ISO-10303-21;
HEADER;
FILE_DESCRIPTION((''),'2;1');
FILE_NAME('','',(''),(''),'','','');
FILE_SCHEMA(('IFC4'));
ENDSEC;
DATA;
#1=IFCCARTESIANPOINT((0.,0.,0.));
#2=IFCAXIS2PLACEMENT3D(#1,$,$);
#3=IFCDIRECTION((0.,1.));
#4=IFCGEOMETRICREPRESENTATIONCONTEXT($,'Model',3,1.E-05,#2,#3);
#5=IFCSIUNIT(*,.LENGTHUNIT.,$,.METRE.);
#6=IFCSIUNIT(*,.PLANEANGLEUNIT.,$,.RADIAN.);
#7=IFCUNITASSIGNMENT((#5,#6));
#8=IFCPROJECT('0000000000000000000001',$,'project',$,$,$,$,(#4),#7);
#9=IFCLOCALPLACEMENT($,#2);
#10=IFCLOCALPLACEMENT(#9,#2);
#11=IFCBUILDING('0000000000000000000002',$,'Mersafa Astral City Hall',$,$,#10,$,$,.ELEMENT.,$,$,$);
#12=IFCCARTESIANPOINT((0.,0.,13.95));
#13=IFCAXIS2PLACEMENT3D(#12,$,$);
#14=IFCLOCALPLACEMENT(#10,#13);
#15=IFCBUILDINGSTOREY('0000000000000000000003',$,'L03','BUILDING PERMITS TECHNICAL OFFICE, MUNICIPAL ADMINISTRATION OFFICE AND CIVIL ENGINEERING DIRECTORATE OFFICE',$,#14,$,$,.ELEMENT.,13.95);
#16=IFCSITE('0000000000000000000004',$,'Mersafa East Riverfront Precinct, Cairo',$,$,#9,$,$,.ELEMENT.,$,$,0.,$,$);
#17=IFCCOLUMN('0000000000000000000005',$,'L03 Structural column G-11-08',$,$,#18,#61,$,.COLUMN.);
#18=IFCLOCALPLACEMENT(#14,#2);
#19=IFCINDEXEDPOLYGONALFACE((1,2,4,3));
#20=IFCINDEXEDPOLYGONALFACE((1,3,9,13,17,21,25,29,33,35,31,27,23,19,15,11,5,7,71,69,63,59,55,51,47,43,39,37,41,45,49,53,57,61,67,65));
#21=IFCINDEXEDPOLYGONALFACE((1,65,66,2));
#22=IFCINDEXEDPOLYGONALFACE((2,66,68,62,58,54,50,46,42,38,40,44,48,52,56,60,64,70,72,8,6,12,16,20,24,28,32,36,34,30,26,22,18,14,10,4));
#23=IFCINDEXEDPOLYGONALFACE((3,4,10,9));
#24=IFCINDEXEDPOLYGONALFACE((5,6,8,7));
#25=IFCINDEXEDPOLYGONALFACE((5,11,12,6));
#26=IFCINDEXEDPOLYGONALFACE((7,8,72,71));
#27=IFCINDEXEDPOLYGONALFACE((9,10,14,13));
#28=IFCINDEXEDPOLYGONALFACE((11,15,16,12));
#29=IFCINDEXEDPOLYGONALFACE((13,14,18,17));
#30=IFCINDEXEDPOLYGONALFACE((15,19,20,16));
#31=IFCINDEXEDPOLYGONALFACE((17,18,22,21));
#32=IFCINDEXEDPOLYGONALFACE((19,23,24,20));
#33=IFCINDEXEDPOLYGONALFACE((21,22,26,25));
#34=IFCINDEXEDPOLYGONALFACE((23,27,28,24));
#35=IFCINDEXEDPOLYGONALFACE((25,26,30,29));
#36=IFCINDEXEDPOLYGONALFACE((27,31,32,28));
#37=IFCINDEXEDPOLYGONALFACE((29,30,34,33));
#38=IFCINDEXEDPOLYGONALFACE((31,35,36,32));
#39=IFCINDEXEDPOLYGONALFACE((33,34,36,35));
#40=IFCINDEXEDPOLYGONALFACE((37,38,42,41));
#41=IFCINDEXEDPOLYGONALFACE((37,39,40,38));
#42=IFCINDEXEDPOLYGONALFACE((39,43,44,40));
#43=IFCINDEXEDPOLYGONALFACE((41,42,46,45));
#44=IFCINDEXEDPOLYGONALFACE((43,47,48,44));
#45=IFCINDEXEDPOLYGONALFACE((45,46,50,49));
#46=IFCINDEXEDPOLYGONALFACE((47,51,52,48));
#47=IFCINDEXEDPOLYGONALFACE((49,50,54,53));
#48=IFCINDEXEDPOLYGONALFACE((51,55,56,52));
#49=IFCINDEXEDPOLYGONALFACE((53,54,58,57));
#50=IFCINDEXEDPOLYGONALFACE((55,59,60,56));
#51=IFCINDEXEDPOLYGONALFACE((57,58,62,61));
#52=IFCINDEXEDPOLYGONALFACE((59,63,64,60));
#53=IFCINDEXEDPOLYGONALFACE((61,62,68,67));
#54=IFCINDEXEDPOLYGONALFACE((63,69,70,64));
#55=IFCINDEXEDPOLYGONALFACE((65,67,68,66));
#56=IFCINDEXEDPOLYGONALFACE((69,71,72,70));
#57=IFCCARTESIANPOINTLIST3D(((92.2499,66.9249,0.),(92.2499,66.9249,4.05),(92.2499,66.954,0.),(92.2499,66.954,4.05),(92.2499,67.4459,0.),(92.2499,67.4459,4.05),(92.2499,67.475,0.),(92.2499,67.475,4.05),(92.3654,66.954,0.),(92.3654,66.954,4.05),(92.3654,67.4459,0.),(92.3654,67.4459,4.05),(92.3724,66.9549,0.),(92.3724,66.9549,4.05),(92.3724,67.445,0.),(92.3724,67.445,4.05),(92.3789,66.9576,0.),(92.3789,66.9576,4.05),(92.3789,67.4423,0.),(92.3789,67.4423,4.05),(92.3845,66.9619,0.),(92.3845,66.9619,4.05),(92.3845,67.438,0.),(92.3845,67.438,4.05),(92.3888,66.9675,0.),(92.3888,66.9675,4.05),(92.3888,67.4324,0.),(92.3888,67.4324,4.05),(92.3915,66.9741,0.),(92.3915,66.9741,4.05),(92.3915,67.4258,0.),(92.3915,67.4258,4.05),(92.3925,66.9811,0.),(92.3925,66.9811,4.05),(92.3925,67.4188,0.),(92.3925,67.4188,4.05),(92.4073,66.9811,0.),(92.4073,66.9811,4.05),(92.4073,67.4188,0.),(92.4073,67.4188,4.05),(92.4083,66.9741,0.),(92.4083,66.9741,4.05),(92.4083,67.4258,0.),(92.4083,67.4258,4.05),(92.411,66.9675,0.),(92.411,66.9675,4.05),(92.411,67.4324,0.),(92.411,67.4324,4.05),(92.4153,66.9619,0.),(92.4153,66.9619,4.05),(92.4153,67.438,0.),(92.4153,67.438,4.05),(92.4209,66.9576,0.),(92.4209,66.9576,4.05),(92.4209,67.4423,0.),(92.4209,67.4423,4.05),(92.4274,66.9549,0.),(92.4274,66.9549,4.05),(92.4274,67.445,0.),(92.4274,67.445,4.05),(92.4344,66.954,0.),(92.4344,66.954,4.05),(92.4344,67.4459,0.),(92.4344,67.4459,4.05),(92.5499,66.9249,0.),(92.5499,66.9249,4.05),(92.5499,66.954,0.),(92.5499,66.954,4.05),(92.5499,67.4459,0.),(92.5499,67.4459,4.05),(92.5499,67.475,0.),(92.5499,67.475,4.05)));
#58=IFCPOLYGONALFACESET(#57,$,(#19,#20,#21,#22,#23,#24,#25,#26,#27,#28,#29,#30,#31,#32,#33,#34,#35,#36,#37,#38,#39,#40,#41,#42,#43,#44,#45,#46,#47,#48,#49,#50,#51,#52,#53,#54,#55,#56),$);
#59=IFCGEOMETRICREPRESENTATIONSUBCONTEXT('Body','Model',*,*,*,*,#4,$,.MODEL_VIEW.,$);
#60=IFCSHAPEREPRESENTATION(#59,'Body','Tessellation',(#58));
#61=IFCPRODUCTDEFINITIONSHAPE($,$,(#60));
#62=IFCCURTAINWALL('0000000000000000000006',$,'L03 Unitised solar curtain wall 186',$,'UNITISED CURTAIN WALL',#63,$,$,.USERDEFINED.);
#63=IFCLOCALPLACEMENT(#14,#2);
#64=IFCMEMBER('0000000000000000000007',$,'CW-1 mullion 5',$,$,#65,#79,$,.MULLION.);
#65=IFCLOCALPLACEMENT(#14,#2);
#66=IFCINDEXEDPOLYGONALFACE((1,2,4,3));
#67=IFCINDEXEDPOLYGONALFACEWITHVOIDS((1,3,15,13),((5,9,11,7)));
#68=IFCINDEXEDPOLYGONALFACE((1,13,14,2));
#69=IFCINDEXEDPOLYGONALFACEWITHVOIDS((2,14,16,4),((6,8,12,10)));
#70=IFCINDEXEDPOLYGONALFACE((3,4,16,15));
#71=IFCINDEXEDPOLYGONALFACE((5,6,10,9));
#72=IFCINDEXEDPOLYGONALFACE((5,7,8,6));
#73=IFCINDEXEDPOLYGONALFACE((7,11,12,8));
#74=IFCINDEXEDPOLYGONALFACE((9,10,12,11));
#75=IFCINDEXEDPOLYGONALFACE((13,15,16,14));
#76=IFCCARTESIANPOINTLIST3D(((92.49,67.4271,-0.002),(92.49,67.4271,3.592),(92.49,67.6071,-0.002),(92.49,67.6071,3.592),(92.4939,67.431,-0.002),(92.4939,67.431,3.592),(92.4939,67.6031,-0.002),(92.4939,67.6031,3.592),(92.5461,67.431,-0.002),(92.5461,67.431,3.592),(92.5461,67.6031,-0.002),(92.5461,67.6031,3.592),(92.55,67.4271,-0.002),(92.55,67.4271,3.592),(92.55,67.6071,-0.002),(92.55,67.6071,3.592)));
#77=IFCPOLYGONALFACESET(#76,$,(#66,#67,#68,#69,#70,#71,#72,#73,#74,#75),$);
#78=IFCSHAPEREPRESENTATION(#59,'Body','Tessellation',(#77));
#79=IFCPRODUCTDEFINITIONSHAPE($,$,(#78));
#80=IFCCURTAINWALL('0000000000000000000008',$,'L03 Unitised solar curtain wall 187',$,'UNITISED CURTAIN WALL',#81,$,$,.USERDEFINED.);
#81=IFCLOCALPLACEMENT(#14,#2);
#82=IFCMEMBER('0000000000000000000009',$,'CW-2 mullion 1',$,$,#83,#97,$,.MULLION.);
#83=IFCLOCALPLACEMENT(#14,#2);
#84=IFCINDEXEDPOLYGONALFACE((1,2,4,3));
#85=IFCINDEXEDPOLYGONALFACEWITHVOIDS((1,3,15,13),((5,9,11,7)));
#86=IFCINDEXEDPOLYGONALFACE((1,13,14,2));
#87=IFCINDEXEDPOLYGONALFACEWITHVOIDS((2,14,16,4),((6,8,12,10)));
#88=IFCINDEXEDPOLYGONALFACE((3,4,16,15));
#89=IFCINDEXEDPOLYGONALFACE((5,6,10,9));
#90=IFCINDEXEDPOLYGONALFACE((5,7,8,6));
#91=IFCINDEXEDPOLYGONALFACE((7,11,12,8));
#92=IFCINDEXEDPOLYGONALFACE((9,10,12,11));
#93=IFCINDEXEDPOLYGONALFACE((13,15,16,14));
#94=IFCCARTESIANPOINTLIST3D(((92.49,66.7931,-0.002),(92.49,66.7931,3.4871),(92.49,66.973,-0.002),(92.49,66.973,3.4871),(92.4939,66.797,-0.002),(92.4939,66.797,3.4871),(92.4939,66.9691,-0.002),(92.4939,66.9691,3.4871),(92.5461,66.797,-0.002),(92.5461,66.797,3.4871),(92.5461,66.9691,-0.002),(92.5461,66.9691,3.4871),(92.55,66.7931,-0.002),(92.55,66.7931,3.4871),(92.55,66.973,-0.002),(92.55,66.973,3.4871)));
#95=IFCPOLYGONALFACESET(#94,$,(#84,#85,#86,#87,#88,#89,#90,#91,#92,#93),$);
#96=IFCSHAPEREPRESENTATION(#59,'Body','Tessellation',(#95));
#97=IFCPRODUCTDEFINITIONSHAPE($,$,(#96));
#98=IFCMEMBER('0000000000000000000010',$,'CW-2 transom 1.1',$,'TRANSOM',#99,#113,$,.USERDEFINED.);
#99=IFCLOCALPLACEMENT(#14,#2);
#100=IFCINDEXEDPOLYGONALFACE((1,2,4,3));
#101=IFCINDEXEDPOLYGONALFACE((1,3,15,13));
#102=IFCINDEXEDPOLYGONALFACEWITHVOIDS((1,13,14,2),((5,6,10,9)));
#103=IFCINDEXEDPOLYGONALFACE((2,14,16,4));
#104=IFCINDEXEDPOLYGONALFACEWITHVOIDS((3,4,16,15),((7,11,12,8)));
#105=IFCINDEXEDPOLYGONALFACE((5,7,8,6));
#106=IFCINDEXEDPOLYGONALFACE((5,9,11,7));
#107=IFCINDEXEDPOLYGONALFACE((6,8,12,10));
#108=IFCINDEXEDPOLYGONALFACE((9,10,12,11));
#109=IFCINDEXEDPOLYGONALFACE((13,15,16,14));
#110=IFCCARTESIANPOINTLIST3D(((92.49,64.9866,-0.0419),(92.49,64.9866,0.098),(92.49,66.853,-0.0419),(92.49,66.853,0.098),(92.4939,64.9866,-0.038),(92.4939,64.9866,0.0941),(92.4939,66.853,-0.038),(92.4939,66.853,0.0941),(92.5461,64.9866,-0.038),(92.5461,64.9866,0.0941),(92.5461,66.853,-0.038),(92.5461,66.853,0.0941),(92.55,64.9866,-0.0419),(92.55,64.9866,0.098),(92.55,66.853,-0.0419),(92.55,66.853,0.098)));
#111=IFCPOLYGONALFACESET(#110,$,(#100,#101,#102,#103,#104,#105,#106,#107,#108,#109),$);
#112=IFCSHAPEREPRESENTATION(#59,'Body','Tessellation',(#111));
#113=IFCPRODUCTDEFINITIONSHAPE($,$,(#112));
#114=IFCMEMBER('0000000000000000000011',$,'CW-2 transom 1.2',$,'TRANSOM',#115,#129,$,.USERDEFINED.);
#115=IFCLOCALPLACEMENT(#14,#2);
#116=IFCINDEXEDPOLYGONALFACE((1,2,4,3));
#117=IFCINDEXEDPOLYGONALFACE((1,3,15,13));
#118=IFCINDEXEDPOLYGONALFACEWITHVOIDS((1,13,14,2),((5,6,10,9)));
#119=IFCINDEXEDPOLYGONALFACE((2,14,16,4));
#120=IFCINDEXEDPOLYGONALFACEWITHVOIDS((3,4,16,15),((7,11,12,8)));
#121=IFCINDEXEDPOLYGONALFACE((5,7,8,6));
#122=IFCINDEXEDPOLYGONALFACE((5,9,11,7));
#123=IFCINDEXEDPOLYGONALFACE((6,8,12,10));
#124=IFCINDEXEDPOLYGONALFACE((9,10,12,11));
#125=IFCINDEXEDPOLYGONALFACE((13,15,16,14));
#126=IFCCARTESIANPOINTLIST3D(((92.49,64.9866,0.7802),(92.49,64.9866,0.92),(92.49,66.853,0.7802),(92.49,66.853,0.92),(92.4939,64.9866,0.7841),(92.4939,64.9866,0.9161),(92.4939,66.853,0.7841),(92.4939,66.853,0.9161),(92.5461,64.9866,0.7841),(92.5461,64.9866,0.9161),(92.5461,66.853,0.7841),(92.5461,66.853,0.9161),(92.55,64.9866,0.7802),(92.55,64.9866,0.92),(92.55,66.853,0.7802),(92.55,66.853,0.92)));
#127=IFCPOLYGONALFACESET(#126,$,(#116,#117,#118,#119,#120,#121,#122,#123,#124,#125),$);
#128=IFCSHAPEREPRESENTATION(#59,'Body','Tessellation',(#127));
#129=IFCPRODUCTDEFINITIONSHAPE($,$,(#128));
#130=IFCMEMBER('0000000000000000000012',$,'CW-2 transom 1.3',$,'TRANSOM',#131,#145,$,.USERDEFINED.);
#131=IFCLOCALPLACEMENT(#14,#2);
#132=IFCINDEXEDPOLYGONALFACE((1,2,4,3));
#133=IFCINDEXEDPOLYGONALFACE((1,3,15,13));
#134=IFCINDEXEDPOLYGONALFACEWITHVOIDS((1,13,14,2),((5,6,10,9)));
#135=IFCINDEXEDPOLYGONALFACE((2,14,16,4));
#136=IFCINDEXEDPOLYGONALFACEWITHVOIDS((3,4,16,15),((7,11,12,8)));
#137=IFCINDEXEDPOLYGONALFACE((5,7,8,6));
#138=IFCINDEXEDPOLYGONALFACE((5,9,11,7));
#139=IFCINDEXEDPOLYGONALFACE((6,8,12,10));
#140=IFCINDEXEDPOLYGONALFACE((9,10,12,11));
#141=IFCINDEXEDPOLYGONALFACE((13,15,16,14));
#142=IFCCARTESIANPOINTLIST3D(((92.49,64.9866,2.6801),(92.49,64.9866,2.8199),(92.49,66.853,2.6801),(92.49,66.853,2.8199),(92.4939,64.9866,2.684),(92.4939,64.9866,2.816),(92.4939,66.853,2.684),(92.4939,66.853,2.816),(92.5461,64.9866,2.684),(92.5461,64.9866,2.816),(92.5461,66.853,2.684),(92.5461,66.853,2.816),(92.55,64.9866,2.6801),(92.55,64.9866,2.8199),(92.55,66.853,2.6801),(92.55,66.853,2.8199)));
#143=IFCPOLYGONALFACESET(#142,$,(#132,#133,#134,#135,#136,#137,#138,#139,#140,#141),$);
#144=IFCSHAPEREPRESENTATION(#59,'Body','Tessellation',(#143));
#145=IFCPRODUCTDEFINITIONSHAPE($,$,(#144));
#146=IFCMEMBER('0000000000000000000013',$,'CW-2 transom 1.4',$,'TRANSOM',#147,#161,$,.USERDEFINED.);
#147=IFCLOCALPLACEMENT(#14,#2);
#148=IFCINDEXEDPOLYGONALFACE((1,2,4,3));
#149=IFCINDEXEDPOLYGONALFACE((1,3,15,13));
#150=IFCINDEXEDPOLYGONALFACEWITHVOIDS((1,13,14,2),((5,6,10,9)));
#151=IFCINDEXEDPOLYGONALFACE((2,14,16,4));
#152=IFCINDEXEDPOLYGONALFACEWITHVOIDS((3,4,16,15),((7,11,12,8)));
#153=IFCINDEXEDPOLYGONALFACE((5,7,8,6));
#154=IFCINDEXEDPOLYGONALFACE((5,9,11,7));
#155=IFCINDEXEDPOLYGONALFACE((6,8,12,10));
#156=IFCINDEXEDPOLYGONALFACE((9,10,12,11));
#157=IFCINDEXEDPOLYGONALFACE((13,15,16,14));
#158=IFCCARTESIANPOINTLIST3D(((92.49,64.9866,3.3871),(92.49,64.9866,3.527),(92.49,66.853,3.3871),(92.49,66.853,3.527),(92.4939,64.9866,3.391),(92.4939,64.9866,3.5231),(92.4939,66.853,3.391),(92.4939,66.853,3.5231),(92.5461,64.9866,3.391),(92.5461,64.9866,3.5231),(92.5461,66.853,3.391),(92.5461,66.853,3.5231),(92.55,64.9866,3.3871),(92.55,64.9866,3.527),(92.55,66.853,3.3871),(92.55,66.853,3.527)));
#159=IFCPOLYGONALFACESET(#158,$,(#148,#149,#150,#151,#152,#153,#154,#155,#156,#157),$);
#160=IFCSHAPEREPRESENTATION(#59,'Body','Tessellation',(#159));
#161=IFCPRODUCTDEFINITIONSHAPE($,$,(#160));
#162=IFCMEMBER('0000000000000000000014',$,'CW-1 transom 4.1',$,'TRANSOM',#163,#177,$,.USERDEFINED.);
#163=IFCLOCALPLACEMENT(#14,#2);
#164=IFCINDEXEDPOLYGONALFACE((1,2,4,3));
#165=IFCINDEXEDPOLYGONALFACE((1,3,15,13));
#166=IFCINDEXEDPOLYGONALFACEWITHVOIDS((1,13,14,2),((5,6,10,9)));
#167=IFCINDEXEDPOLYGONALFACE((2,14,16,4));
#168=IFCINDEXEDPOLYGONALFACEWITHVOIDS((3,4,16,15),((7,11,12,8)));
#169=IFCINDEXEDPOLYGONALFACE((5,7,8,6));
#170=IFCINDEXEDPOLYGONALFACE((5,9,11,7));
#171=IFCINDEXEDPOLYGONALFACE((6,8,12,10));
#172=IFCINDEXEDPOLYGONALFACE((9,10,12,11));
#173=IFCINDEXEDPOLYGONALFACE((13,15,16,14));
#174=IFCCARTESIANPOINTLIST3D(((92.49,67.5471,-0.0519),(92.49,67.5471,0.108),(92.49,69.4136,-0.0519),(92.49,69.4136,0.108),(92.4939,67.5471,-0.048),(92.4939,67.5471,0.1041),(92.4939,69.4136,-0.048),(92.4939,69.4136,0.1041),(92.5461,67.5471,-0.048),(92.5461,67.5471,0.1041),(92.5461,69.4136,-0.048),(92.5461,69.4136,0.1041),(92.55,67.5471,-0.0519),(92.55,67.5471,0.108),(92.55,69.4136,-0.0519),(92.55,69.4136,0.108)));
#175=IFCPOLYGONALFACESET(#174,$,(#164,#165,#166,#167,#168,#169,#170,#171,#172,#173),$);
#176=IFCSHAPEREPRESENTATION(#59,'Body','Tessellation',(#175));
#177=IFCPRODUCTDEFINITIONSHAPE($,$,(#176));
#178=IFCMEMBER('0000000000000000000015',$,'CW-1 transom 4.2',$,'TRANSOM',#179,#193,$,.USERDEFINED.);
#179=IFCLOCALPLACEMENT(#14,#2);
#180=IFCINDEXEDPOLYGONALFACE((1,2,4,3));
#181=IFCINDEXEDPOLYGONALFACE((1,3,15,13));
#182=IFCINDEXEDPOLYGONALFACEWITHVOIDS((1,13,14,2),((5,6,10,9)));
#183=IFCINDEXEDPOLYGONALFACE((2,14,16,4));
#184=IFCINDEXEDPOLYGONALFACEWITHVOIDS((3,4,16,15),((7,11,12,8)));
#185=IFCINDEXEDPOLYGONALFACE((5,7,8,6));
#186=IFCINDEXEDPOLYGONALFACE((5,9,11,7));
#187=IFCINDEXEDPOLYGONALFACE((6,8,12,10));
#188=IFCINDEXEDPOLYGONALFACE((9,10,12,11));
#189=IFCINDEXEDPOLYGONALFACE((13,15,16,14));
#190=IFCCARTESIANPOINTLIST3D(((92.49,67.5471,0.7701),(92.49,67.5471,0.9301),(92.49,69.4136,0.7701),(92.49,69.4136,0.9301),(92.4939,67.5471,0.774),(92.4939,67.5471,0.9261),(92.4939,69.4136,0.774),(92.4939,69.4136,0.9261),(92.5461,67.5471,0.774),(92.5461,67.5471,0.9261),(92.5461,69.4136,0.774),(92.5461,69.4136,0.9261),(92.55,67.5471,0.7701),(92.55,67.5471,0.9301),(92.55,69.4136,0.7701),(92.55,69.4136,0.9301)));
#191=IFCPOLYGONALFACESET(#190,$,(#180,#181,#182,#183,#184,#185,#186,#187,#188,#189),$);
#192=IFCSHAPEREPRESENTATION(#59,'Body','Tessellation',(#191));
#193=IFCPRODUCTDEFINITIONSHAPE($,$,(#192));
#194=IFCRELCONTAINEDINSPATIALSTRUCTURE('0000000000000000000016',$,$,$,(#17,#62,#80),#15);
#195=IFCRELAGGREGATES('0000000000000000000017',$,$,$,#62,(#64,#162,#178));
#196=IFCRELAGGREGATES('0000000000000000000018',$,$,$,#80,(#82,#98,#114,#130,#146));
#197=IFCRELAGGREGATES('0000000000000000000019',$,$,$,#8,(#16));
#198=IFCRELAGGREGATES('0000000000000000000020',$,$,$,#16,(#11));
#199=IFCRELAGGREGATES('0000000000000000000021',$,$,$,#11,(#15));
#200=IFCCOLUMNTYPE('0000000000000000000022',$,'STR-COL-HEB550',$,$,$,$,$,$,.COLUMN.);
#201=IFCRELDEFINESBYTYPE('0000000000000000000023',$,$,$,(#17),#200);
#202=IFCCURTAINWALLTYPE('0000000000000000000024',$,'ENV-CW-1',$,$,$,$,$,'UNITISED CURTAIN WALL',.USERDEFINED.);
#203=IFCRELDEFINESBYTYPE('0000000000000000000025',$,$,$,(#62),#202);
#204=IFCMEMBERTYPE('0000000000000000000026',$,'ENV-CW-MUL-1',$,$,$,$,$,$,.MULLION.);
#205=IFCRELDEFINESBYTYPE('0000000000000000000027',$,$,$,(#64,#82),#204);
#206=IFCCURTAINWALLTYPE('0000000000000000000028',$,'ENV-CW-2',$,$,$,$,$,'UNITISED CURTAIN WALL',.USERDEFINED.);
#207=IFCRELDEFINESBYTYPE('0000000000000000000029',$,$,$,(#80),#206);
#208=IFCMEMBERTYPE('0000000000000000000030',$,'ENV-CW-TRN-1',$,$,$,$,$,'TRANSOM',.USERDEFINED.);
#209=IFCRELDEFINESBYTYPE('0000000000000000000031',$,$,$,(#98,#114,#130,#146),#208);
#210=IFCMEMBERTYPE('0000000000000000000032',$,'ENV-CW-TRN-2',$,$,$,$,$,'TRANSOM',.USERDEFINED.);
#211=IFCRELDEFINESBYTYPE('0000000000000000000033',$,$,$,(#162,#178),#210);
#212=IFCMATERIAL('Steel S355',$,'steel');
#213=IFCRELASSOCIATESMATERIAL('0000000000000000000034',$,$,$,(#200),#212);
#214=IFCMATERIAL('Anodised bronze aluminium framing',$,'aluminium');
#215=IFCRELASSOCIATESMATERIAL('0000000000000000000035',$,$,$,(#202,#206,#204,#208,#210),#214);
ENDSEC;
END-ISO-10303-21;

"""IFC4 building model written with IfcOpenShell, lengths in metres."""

from ifc_helpers import new_model, si_unit, direction, frame, origin, origin_2d, place, context, subcontext, project, spatial, hollow_rectangle, i_section, extrude, material, material_profile, profile_set, type_object, element, aggregate, save


model = new_model("IFC4")

# Units and contexts
model_context = context("Model", 3, precision=1e-05, world=origin(), true_north=direction((0.0, 1.0)))
body_context = subcontext(model_context, "Body", "Model", "MODEL_VIEW")
ifc_project = project(units=[si_unit("LENGTHUNIT", "METRE"), si_unit("PLANEANGLEUNIT", "RADIAN")], contexts=[model_context])

# Site, building, storey
site_placement = place(None, origin())
site = spatial("IfcSite", under=ifc_project, at=site_placement, Name="Mersafa East Riverfront Precinct, Cairo", CompositionType="ELEMENT", RefElevation=0.0)
building_placement = place(site_placement, origin())
building = spatial("IfcBuilding", under=site, at=building_placement, Name="Mersafa Astral City Hall", CompositionType="ELEMENT")
storey_placement = place(building_placement, frame((0.0, 0.0, 13.95)))
storey = spatial("IfcBuildingStorey", under=building, at=storey_placement, Name="L03", Description="BUILDING PERMITS TECHNICAL OFFICE, MUNICIPAL ADMINISTRATION OFFICE AND CIVIL ENGINEERING DIRECTORATE OFFICE", CompositionType="ELEMENT", Elevation=13.95)

# Column
ifc_material_1 = material(Name="Steel S355", Category="steel")
ifc_material_profile_1 = material_profile(ifc_material_1, i_section(OverallWidth=0.3, OverallDepth=0.55, WebThickness=0.0149, FlangeThickness=0.0291, FilletRadius=0.0271, at=origin_2d()), Name="HEB 550")
ifc_profile_set_1 = profile_set([ifc_material_profile_1], Name="Steel S355")
column_type = type_object("IfcColumnType", Name="STR-COL-HEB550", PredefinedType="COLUMN", material=ifc_profile_set_1)
column_placement = place(storey_placement, frame((92.3999, 67.2, 0.0), z_axis=(0.0, 0.0, 1.0), x_axis=(1.0, 0.0, 0.0)))
element("IfcColumn", 1, at=column_placement, inside=storey, type_object=column_type, Name="L03 Structural column G-11-08", PredefinedType="COLUMN", context=body_context, shape_type="SweptSolid", body=[
    extrude(i_section(OverallWidth=0.3, OverallDepth=0.55, WebThickness=0.0149, FlangeThickness=0.0291, FilletRadius=0.0271, at=origin_2d()), origin(), (0.0, 0.0, 1.0), 4.05),
])

# Curtain wall, member
ifc_material_2 = material(Name="Anodised bronze aluminium framing", Category="aluminium")
curtain_wall_type_1 = type_object("IfcCurtainWallType", Name="ENV-CW-1", ElementType="UNITISED CURTAIN WALL", PredefinedType="USERDEFINED", material=ifc_material_2)
curtain_wall_1_placement = place(storey_placement, origin())
curtain_wall_1 = element("IfcCurtainWall", 2, at=curtain_wall_1_placement, inside=storey, type_object=curtain_wall_type_1, Name="L03 Unitised solar curtain wall 186", ObjectType="UNITISED CURTAIN WALL", PredefinedType="USERDEFINED")
ifc_material_profile_2 = material_profile(ifc_material_2, hollow_rectangle(XDim=0.0601, YDim=0.1799, WallThickness=0.0039, at=origin_2d()), Name="RHS 60x180x4")
ifc_profile_set_2 = profile_set([ifc_material_profile_2], Name="Anodised bronze aluminium framing")
member_type_1 = type_object("IfcMemberType", Name="ENV-CW-MUL-1", PredefinedType="MULLION", material=ifc_profile_set_2)
member_1_placement = place(storey_placement, frame((92.52, 67.5171, -0.002), z_axis=(0.0, 0.0, 1.0), x_axis=(1.0, 0.0, 0.0)))
member_1 = element("IfcMember", 3, at=member_1_placement, type_object=member_type_1, Name="CW-1 mullion 5", PredefinedType="MULLION", context=body_context, shape_type="SweptSolid", body=[
    extrude(hollow_rectangle(XDim=0.0601, YDim=0.1799, WallThickness=0.0039, at=origin_2d()), origin(), (0.0, 0.0, 1.0), 3.594),
])

# Curtain wall, members
curtain_wall_type_2 = type_object("IfcCurtainWallType", Name="ENV-CW-2", ElementType="UNITISED CURTAIN WALL", PredefinedType="USERDEFINED", material=ifc_material_2)
curtain_wall_2_placement = place(storey_placement, origin())
curtain_wall_2 = element("IfcCurtainWall", 4, at=curtain_wall_2_placement, inside=storey, type_object=curtain_wall_type_2, Name="L03 Unitised solar curtain wall 187", ObjectType="UNITISED CURTAIN WALL", PredefinedType="USERDEFINED")
member_2_placement = place(storey_placement, frame((92.52, 66.8831, -0.002), z_axis=(0.0, 0.0, 1.0), x_axis=(1.0, 0.0, 0.0)))
member_2 = element("IfcMember", 5, at=member_2_placement, type_object=member_type_1, Name="CW-2 mullion 1", PredefinedType="MULLION", context=body_context, shape_type="SweptSolid", body=[
    extrude(hollow_rectangle(XDim=0.0601, YDim=0.1799, WallThickness=0.0039, at=origin_2d()), origin(), (0.0, 0.0, 1.0), 3.489),
])
ifc_material_profile_3 = material_profile(ifc_material_2, hollow_rectangle(XDim=0.0601, YDim=0.1399, WallThickness=0.0039, at=origin_2d()), Name="RHS 60x140x4")
ifc_profile_set_3 = profile_set([ifc_material_profile_3], Name="Anodised bronze aluminium framing")
member_type_2 = type_object("IfcMemberType", Name="ENV-CW-TRN-1", ElementType="TRANSOM", PredefinedType="USERDEFINED", material=ifc_profile_set_3)
member_3_placement = place(storey_placement, frame((92.52, 66.853, 0.0281), z_axis=(0.0, -1.0, 0.0), x_axis=(1.0, 0.0, 0.0)))
member_3 = element("IfcMember", 6, at=member_3_placement, type_object=member_type_2, Name="CW-2 transom 1.1", ObjectType="TRANSOM", PredefinedType="USERDEFINED", context=body_context, shape_type="SweptSolid", body=[
    extrude(hollow_rectangle(XDim=0.0601, YDim=0.1399, WallThickness=0.0039, at=origin_2d()), origin(), (0.0, 0.0, 1.0), 1.8665),
])
member_4_placement = place(storey_placement, frame((92.52, 66.853, 0.8501), z_axis=(0.0, -1.0, 0.0), x_axis=(1.0, 0.0, 0.0)))
member_4 = element("IfcMember", 7, at=member_4_placement, type_object=member_type_2, Name="CW-2 transom 1.2", ObjectType="TRANSOM", PredefinedType="USERDEFINED", context=body_context, shape_type="SweptSolid", body=[
    extrude(hollow_rectangle(XDim=0.0601, YDim=0.1399, WallThickness=0.0039, at=origin_2d()), origin(), (0.0, 0.0, 1.0), 1.8665),
])
member_5_placement = place(storey_placement, frame((92.52, 66.853, 2.75), z_axis=(0.0, -1.0, 0.0), x_axis=(1.0, 0.0, 0.0)))
member_5 = element("IfcMember", 8, at=member_5_placement, type_object=member_type_2, Name="CW-2 transom 1.3", ObjectType="TRANSOM", PredefinedType="USERDEFINED", context=body_context, shape_type="SweptSolid", body=[
    extrude(hollow_rectangle(XDim=0.0601, YDim=0.1399, WallThickness=0.0039, at=origin_2d()), origin(), (0.0, 0.0, 1.0), 1.8665),
])
member_6_placement = place(storey_placement, frame((92.52, 66.853, 3.457), z_axis=(0.0, -1.0, 0.0), x_axis=(1.0, 0.0, 0.0)))
member_6 = element("IfcMember", 9, at=member_6_placement, type_object=member_type_2, Name="CW-2 transom 1.4", ObjectType="TRANSOM", PredefinedType="USERDEFINED", context=body_context, shape_type="SweptSolid", body=[
    extrude(hollow_rectangle(XDim=0.0601, YDim=0.1399, WallThickness=0.0039, at=origin_2d()), origin(), (0.0, 0.0, 1.0), 1.8665),
])

# Members
ifc_material_profile_4 = material_profile(ifc_material_2, hollow_rectangle(XDim=0.0601, YDim=0.1599, WallThickness=0.0039, at=origin_2d()), Name="RHS 60x160x4")
ifc_profile_set_4 = profile_set([ifc_material_profile_4], Name="Anodised bronze aluminium framing")
member_type_3 = type_object("IfcMemberType", Name="ENV-CW-TRN-2", ElementType="TRANSOM", PredefinedType="USERDEFINED", material=ifc_profile_set_4)
member_7_placement = place(storey_placement, frame((92.52, 69.4136, 0.0281), z_axis=(0.0, -1.0, 0.0), x_axis=(1.0, 0.0, 0.0)))
member_7 = element("IfcMember", 10, at=member_7_placement, type_object=member_type_3, Name="CW-1 transom 4.1", ObjectType="TRANSOM", PredefinedType="USERDEFINED", context=body_context, shape_type="SweptSolid", body=[
    extrude(hollow_rectangle(XDim=0.0601, YDim=0.1599, WallThickness=0.0039, at=origin_2d()), origin(), (0.0, 0.0, 1.0), 1.8665),
])
member_8_placement = place(storey_placement, frame((92.52, 69.4136, 0.8501), z_axis=(0.0, -1.0, 0.0), x_axis=(1.0, 0.0, 0.0)))
member_8 = element("IfcMember", 11, at=member_8_placement, type_object=member_type_3, Name="CW-1 transom 4.2", ObjectType="TRANSOM", PredefinedType="USERDEFINED", context=body_context, shape_type="SweptSolid", body=[
    extrude(hollow_rectangle(XDim=0.0601, YDim=0.1599, WallThickness=0.0039, at=origin_2d()), origin(), (0.0, 0.0, 1.0), 1.8665),
])

aggregate(curtain_wall_1, [member_1, member_7, member_8])
aggregate(curtain_wall_2, [member_2, member_3, member_4, member_5, member_6])

save(model, "model.ifc")
